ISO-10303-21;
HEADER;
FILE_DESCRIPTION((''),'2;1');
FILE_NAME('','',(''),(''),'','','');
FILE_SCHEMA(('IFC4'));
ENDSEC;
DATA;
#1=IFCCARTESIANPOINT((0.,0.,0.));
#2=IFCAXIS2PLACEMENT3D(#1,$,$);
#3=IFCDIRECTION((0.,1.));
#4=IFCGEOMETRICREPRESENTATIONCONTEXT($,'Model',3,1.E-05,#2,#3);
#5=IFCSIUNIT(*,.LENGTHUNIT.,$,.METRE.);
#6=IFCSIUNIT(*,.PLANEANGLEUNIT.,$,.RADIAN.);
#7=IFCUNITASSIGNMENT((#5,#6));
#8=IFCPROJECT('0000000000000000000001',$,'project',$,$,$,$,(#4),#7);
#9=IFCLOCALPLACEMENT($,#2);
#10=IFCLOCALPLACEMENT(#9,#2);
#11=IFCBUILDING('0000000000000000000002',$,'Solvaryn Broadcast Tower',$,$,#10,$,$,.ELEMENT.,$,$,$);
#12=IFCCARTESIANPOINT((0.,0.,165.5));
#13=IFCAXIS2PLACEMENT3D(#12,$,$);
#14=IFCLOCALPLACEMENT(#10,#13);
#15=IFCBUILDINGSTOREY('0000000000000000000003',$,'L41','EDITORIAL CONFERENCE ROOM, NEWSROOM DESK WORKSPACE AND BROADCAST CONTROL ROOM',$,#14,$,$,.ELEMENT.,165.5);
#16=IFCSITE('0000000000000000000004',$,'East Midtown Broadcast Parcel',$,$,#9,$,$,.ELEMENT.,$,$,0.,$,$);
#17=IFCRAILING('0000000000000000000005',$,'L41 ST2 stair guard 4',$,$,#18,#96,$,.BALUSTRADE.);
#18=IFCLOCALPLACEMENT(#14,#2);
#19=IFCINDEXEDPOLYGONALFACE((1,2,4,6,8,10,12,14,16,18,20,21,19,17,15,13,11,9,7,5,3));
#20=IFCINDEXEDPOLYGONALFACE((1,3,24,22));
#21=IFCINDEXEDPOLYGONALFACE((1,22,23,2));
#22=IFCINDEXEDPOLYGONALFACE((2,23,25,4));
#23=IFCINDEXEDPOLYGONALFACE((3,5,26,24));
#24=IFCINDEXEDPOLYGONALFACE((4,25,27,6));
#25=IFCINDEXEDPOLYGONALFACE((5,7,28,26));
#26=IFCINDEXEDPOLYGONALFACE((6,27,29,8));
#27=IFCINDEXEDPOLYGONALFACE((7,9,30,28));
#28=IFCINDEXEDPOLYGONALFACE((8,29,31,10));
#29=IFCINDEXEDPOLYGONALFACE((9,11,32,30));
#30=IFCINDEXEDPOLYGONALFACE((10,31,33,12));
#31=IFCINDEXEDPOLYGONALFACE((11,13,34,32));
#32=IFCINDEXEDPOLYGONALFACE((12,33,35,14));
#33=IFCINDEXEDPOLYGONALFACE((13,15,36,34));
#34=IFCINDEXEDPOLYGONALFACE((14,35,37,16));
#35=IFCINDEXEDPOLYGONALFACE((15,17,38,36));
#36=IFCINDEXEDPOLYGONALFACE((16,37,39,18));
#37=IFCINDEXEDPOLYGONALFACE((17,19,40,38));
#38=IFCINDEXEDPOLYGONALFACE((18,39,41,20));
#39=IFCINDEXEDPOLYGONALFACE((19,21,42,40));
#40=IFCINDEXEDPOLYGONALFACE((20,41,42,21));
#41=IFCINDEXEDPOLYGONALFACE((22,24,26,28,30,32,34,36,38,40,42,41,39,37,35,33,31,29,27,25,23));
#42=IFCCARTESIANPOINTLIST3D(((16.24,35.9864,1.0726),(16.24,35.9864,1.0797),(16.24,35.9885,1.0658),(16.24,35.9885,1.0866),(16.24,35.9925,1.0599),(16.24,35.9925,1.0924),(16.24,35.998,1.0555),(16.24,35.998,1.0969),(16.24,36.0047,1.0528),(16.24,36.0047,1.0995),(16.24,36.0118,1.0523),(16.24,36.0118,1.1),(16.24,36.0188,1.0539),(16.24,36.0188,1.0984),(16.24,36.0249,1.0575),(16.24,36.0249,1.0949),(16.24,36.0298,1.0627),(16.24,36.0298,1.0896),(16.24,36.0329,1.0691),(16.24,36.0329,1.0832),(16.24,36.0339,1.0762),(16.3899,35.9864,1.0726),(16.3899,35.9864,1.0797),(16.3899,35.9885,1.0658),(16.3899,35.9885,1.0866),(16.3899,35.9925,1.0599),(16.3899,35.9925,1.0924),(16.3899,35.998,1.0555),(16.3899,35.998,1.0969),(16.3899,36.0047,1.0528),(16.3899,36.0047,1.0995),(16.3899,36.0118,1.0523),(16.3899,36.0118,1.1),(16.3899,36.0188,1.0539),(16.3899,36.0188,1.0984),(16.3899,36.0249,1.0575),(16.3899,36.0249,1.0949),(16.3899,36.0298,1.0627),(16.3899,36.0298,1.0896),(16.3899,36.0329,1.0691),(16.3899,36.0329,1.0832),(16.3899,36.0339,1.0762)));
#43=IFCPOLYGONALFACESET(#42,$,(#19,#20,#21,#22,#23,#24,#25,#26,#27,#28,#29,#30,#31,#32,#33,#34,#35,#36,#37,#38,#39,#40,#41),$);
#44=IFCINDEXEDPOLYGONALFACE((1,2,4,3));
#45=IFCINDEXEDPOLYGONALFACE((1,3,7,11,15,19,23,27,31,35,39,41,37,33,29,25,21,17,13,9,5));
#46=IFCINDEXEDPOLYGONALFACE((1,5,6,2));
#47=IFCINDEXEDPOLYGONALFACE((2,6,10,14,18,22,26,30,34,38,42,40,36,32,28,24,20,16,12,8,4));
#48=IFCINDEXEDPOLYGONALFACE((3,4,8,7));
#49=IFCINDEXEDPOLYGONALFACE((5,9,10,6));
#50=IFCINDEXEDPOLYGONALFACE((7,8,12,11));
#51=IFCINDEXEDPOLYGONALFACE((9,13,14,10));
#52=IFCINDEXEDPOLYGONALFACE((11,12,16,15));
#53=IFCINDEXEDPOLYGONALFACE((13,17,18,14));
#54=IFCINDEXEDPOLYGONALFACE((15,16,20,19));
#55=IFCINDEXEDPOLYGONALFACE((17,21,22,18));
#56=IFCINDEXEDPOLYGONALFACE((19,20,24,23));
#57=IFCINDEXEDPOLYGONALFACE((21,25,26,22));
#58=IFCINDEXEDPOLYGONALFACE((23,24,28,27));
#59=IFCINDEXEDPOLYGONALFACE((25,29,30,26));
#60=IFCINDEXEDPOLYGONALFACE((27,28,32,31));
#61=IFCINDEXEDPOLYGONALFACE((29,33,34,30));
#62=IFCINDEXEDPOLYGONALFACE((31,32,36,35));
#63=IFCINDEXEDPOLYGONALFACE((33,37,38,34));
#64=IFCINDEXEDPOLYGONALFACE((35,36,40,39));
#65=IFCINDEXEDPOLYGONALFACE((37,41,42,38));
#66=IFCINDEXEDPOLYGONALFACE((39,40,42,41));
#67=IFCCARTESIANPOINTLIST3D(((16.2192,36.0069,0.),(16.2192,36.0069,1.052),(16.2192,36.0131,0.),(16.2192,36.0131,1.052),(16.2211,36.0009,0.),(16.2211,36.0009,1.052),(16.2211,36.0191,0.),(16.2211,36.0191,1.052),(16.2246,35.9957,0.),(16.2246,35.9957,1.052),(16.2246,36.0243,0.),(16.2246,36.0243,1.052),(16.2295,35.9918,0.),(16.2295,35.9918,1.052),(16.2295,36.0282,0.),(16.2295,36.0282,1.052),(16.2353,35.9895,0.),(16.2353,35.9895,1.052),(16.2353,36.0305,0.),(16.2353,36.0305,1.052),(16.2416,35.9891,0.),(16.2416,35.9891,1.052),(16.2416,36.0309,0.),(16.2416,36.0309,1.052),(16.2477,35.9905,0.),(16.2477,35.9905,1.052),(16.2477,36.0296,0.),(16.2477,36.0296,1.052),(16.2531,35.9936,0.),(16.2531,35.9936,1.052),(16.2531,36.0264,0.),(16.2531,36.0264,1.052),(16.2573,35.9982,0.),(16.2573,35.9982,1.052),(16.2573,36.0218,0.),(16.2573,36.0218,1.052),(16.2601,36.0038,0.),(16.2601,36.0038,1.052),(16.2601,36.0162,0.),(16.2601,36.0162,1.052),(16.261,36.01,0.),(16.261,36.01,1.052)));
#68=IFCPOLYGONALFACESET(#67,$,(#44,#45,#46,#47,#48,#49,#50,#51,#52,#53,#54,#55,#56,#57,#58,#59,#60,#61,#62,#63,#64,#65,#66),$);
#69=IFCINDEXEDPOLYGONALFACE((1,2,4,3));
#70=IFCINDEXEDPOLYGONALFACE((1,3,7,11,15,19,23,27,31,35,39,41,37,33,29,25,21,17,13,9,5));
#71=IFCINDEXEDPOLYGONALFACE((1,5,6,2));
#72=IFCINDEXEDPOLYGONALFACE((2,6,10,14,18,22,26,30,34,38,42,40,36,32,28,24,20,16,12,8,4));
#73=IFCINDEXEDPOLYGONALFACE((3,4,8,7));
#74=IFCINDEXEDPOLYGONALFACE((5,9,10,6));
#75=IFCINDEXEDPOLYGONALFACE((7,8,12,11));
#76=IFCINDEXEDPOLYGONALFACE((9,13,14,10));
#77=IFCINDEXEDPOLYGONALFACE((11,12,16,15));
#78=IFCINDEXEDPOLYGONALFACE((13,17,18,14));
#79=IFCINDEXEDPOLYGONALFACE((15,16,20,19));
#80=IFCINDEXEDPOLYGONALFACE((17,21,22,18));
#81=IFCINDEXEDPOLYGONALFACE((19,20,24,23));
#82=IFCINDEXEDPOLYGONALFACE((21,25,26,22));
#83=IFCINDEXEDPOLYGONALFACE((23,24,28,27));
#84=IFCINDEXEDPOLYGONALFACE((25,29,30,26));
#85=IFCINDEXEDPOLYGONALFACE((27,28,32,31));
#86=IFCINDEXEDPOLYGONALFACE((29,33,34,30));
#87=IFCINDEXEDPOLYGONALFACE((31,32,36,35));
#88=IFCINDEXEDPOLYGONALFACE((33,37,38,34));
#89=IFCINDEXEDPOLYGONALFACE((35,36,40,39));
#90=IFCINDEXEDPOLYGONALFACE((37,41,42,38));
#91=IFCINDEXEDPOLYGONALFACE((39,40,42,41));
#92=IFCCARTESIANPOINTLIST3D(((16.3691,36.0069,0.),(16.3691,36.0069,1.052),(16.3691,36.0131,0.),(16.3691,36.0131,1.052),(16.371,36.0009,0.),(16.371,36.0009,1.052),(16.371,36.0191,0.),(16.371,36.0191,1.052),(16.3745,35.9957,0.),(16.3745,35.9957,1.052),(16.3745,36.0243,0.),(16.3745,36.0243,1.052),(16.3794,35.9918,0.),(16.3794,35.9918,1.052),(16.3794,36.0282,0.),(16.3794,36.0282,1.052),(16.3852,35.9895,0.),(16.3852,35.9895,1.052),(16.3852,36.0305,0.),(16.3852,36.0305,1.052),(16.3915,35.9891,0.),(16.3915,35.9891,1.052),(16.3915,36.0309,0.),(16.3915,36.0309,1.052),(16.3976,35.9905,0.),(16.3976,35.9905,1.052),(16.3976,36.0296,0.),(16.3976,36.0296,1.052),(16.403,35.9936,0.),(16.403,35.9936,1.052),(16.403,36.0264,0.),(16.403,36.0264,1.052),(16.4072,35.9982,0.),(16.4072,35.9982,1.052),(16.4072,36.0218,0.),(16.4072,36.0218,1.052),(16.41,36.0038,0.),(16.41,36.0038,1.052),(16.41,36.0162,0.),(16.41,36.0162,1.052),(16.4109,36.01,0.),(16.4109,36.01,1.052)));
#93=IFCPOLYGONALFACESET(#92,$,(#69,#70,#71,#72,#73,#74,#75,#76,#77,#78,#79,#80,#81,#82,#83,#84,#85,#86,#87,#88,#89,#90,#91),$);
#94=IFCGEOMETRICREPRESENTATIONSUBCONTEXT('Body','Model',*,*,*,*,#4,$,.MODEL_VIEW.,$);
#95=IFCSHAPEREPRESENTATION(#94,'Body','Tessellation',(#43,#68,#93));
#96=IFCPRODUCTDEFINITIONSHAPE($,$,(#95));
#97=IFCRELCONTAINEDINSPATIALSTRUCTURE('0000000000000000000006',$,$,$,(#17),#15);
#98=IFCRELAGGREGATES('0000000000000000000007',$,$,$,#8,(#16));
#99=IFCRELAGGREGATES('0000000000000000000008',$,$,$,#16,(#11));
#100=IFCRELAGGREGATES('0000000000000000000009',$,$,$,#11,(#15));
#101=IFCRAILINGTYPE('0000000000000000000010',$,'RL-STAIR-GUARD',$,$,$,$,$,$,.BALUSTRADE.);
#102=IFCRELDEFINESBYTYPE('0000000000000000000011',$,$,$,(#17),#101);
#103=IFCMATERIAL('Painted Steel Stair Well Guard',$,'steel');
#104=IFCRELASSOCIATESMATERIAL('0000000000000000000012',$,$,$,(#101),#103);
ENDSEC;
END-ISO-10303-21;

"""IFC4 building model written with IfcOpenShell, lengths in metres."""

from ifc_helpers import new_model, si_unit, direction, frame, origin, origin_2d, place, context, subcontext, project, spatial, circle, extrude, material, type_object, element, save


model = new_model("IFC4")

# Units and contexts
model_context = context("Model", 3, precision=1e-05, world=origin(), true_north=direction((0.0, 1.0)))
body_context = subcontext(model_context, "Body", "Model", "MODEL_VIEW")
ifc_project = project(units=[si_unit("LENGTHUNIT", "METRE"), si_unit("PLANEANGLEUNIT", "RADIAN")], contexts=[model_context])

# Site, building, storey
site_placement = place(None, origin())
site = spatial("IfcSite", under=ifc_project, at=site_placement, Name="East Midtown Broadcast Parcel", CompositionType="ELEMENT", RefElevation=0.0)
building_placement = place(site_placement, origin())
building = spatial("IfcBuilding", under=site, at=building_placement, Name="Solvaryn Broadcast Tower", CompositionType="ELEMENT")
storey_placement = place(building_placement, frame((0.0, 0.0, 165.5)))
storey = spatial("IfcBuildingStorey", under=building, at=storey_placement, Name="L41", Description="EDITORIAL CONFERENCE ROOM, NEWSROOM DESK WORKSPACE AND BROADCAST CONTROL ROOM", CompositionType="ELEMENT", Elevation=165.5)

# Railing
ifc_material_1 = material(Name="Painted Steel Stair Well Guard", Category="steel")
railing_type_1 = type_object("IfcRailingType", Name="RL-STAIR-GUARD", PredefinedType="BALUSTRADE", material=ifc_material_1)
railing_1_placement = place(storey_placement, frame((16.24, 36.01, 0.0)))
element("IfcRailing", 1, at=railing_1_placement, inside=storey, type_object=railing_type_1, Name="L41 ST2 stair guard 4", PredefinedType="BALUSTRADE", context=body_context, shape_type="SweptSolid", body=[
    extrude(circle(Radius=0.0239, at=origin_2d()), frame((0.0, 0.0, 1.0762), z_axis=(1.0, 0.0, 0.0), x_axis=(0.0, 1.0, 0.0)), (0.0, 0.0, 1.0), 0.1499),
    extrude(circle(Radius=0.021, at=origin_2d()), origin(), (0.0, 0.0, 1.0), 1.052),
    extrude(circle(Radius=0.021, at=origin_2d()), frame((0.1499, 0.0, 0.0)), (0.0, 0.0, 1.0), 1.052),
])

save(model, "model.ifc")
